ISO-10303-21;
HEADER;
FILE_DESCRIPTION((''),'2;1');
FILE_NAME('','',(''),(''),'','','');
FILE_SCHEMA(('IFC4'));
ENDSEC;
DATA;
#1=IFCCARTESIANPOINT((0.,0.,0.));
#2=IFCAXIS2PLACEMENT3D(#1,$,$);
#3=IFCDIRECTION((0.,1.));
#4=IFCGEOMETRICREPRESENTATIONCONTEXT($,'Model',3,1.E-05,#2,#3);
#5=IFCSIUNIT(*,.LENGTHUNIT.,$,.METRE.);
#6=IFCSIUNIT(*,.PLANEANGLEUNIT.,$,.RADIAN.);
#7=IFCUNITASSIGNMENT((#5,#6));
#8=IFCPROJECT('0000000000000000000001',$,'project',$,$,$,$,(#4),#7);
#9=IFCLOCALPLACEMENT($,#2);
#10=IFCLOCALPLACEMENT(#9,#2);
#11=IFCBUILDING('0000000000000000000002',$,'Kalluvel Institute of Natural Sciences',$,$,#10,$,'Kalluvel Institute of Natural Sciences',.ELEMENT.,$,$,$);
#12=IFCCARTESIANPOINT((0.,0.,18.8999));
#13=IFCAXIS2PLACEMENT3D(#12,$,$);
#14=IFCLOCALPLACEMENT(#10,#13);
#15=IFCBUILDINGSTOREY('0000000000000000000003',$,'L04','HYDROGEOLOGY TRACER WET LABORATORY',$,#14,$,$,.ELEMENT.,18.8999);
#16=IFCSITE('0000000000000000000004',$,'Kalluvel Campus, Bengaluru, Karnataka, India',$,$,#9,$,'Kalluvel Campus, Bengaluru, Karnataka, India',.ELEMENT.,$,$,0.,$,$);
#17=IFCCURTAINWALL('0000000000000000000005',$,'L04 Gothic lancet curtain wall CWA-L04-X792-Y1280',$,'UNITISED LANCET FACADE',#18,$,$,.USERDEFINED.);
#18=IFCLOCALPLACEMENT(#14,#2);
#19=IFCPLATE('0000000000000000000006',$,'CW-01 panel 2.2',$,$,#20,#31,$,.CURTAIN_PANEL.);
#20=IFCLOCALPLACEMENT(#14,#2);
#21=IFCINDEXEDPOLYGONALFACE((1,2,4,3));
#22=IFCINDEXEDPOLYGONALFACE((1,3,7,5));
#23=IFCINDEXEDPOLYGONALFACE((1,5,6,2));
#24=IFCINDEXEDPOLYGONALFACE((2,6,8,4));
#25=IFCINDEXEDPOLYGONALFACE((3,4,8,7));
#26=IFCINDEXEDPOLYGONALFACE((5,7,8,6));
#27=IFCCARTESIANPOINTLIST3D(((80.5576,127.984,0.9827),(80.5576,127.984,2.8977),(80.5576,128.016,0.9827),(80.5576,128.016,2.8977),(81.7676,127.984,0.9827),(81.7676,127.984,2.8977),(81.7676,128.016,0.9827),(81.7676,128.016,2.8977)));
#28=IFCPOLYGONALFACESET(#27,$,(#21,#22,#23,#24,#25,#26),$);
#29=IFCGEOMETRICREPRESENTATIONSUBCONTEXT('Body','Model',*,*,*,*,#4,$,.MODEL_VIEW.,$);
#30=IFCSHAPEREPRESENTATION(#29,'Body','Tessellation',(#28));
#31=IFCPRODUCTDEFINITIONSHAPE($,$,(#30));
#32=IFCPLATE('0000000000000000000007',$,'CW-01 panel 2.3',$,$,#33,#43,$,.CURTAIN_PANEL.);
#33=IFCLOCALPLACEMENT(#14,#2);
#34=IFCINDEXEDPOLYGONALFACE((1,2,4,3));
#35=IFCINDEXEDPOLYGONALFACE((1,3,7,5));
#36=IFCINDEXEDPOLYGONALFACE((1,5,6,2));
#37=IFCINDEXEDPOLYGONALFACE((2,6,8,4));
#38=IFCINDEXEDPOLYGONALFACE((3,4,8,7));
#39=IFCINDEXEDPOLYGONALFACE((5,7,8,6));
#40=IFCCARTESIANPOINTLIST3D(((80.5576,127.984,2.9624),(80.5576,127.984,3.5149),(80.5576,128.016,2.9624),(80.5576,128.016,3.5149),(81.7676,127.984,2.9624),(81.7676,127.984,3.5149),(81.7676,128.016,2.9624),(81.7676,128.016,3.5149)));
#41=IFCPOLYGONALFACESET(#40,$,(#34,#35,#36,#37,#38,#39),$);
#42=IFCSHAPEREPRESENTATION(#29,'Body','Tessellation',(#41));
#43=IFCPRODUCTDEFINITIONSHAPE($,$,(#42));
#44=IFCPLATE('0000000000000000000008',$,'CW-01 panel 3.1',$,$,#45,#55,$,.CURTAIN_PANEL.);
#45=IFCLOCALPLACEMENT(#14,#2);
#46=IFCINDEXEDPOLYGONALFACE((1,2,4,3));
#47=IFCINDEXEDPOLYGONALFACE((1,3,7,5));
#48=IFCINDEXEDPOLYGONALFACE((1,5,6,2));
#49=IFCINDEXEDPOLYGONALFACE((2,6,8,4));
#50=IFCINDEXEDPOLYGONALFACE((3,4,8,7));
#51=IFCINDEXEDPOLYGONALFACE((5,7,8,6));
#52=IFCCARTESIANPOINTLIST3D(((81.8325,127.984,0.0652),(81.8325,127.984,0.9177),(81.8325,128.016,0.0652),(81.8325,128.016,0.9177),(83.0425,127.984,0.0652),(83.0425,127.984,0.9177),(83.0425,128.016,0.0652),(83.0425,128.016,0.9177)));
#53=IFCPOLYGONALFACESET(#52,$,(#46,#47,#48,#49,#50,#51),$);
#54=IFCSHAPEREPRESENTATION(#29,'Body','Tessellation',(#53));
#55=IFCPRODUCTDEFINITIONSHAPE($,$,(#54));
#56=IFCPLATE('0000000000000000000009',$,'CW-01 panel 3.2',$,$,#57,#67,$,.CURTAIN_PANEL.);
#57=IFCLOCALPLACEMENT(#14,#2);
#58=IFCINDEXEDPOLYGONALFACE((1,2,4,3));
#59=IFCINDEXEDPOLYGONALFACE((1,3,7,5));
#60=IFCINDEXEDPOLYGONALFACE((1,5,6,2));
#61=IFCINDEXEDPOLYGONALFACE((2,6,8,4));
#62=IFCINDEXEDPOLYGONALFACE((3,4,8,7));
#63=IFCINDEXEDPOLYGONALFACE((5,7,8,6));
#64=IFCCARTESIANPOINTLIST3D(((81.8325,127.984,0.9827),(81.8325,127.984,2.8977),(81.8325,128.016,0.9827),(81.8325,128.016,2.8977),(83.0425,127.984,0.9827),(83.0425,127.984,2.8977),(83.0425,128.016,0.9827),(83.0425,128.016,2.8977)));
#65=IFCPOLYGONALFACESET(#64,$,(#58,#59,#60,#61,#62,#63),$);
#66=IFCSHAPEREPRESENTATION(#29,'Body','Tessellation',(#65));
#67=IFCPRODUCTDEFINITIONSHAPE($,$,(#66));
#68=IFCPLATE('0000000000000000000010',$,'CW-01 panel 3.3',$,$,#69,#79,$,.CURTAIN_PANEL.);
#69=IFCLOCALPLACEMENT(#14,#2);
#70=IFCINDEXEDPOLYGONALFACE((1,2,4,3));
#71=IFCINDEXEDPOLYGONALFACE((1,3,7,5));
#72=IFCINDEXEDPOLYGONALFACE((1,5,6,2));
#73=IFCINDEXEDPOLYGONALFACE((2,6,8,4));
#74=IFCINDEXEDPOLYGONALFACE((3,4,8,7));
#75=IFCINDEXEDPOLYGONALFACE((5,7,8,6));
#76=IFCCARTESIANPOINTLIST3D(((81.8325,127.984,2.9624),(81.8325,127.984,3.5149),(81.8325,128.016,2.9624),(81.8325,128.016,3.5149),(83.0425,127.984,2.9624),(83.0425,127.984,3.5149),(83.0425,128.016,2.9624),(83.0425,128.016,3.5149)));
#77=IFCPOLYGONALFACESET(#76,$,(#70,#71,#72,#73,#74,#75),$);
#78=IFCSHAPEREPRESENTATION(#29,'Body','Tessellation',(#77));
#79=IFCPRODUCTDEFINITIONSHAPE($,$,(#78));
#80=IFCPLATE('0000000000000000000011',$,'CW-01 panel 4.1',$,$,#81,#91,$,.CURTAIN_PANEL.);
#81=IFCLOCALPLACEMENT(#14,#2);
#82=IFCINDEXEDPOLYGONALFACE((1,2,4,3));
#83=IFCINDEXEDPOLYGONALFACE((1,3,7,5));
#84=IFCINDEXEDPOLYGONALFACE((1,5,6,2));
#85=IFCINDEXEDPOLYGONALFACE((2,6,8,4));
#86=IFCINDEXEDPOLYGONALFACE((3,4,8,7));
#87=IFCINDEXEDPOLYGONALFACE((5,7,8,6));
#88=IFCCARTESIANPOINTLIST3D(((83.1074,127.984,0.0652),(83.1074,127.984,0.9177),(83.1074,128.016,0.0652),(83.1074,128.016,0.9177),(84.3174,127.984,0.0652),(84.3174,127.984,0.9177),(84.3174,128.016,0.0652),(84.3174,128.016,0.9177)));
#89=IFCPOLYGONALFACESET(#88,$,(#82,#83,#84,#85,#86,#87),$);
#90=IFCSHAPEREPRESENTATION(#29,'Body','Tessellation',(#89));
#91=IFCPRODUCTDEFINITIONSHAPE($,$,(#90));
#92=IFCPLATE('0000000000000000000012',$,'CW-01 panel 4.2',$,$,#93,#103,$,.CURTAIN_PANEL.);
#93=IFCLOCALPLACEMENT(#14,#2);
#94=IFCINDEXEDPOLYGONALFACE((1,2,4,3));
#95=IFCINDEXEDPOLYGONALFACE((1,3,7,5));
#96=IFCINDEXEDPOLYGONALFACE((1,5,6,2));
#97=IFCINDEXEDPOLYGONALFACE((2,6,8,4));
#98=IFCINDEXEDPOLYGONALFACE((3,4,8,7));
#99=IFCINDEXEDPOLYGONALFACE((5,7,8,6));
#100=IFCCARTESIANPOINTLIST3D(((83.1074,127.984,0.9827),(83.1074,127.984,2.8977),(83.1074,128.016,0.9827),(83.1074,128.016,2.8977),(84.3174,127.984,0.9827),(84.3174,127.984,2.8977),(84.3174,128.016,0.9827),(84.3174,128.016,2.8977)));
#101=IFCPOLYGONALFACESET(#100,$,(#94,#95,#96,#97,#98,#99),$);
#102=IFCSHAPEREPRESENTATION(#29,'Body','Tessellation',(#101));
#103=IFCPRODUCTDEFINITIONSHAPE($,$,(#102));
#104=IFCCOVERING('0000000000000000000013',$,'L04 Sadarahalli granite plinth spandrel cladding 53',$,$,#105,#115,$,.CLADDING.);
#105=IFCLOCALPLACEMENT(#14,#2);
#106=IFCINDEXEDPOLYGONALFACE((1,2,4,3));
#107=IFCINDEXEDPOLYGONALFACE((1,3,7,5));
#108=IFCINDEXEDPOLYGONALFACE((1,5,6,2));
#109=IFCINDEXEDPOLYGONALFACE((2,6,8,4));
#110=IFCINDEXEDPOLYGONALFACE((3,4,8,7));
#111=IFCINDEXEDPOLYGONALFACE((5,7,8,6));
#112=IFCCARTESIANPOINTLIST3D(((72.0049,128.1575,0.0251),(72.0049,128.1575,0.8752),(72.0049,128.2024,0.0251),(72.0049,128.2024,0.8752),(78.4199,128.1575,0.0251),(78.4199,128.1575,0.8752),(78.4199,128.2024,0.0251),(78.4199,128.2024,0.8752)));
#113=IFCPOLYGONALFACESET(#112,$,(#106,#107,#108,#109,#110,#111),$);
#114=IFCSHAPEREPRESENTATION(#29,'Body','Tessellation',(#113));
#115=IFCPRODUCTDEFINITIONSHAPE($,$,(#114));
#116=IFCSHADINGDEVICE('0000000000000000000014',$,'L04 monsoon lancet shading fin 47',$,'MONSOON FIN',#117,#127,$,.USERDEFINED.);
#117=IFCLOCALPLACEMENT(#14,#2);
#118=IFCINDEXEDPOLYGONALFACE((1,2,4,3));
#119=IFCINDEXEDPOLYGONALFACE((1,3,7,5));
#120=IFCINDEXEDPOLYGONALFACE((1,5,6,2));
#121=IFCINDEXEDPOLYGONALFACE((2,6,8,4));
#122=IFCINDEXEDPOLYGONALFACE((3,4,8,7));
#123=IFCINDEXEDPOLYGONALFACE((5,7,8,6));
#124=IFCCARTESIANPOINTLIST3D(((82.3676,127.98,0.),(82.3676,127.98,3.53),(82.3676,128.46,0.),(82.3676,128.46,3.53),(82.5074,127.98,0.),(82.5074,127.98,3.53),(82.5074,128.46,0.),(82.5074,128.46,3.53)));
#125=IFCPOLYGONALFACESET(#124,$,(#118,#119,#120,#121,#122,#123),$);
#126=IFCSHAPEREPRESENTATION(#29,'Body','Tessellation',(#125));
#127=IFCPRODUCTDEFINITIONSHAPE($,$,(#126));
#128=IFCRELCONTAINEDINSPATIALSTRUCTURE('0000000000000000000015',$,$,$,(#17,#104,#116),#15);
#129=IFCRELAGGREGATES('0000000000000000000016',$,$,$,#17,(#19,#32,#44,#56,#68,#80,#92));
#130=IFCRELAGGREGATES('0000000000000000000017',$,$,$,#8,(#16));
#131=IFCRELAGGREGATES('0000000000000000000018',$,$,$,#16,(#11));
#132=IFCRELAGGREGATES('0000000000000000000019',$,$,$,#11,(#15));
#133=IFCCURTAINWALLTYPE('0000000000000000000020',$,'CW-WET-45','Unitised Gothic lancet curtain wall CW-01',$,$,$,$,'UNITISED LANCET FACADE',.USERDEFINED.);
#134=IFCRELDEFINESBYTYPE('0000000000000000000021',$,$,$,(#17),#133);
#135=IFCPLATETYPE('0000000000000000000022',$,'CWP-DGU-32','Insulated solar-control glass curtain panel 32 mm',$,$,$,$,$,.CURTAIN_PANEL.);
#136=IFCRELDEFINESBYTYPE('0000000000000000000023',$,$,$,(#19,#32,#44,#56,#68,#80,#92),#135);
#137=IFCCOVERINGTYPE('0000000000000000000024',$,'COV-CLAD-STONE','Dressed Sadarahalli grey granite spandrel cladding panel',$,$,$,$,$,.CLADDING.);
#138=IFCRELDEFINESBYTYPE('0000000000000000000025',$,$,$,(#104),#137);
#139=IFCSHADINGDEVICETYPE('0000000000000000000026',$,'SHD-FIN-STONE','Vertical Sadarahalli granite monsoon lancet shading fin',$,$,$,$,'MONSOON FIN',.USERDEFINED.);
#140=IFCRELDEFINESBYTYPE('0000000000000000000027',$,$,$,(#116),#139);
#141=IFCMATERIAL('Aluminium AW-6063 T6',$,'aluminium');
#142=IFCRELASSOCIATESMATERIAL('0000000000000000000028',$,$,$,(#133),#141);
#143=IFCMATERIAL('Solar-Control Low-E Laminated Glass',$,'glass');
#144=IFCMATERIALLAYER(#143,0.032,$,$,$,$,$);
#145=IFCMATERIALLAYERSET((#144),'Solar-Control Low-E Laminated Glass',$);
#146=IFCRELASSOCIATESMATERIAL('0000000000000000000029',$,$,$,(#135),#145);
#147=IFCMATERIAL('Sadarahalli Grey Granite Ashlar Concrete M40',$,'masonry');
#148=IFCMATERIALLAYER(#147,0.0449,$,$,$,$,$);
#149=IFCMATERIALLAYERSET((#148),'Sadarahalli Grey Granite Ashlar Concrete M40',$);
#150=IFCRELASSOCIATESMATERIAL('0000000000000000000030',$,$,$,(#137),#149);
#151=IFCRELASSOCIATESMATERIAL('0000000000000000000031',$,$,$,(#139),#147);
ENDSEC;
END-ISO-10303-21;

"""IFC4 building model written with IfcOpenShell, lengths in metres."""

from ifc_helpers import new_model, si_unit, direction, frame, origin, origin_2d, place, context, subcontext, project, spatial, rectangle, extrude, material, layer, layer_set, type_object, element, aggregate, save


model = new_model("IFC4")

# Units and contexts
model_context = context("Model", 3, precision=1e-05, world=origin(), true_north=direction((0.0, 1.0)))
body_context = subcontext(model_context, "Body", "Model", "MODEL_VIEW")
ifc_project = project(units=[si_unit("LENGTHUNIT", "METRE"), si_unit("PLANEANGLEUNIT", "RADIAN")], contexts=[model_context])

# Site, building, storey
site_placement = place(None, origin())
site = spatial("IfcSite", under=ifc_project, at=site_placement, Name="Kalluvel Campus, Bengaluru, Karnataka, India", LongName="Kalluvel Campus, Bengaluru, Karnataka, India", CompositionType="ELEMENT", RefElevation=0.0)
building_placement = place(site_placement, origin())
building = spatial("IfcBuilding", under=site, at=building_placement, Name="Kalluvel Institute of Natural Sciences", LongName="Kalluvel Institute of Natural Sciences", CompositionType="ELEMENT")
storey_placement = place(building_placement, frame((0.0, 0.0, 18.8999)))
storey = spatial("IfcBuildingStorey", under=building, at=storey_placement, Name="L04", Description="HYDROGEOLOGY TRACER WET LABORATORY", CompositionType="ELEMENT", Elevation=18.8999)

# Curtain wall, plates
ifc_material_1 = material(Name="Aluminium AW-6063 T6", Category="aluminium")
curtain_wall_type = type_object("IfcCurtainWallType", Name="CW-WET-45", Description="Unitised Gothic lancet curtain wall CW-01", ElementType="UNITISED LANCET FACADE", PredefinedType="USERDEFINED", material=ifc_material_1)
curtain_wall_placement = place(storey_placement, origin())
curtain_wall = element("IfcCurtainWall", 1, at=curtain_wall_placement, inside=storey, type_object=curtain_wall_type, Name="L04 Gothic lancet curtain wall CWA-L04-X792-Y1280", ObjectType="UNITISED LANCET FACADE", PredefinedType="USERDEFINED")
ifc_material_2 = material(Name="Solar-Control Low-E Laminated Glass", Category="glass")
ifc_layer_1 = layer(ifc_material_2, 0.032)
ifc_layer_set_1 = layer_set([ifc_layer_1], Name="Solar-Control Low-E Laminated Glass")
plate_type = type_object("IfcPlateType", Name="CWP-DGU-32", Description="Insulated solar-control glass curtain panel 32 mm", PredefinedType="CURTAIN_PANEL", material=ifc_layer_set_1)
plate_1_placement = place(storey_placement, frame((81.1626, 128.0, 0.9827), z_axis=(0.0, 0.0, 1.0), x_axis=(1.0, 0.0, 0.0)))
plate_1 = element("IfcPlate", 2, at=plate_1_placement, type_object=plate_type, Name="CW-01 panel 2.2", PredefinedType="CURTAIN_PANEL", context=body_context, shape_type="SweptSolid", body=[
    extrude(rectangle(XDim=1.21, YDim=0.032, at=origin_2d()), origin(), (0.0, 0.0, 1.0), 1.915),
])
plate_2_placement = place(storey_placement, frame((81.1626, 128.0, 2.9624), z_axis=(0.0, 0.0, 1.0), x_axis=(1.0, 0.0, 0.0)))
plate_2 = element("IfcPlate", 3, at=plate_2_placement, type_object=plate_type, Name="CW-01 panel 2.3", PredefinedType="CURTAIN_PANEL", context=body_context, shape_type="SweptSolid", body=[
    extrude(rectangle(XDim=1.21, YDim=0.032, at=origin_2d()), origin(), (0.0, 0.0, 1.0), 0.5525),
])
plate_3_placement = place(storey_placement, frame((82.4375, 128.0, 0.0652), z_axis=(0.0, 0.0, 1.0), x_axis=(1.0, 0.0, 0.0)))
plate_3 = element("IfcPlate", 4, at=plate_3_placement, type_object=plate_type, Name="CW-01 panel 3.1", PredefinedType="CURTAIN_PANEL", context=body_context, shape_type="SweptSolid", body=[
    extrude(rectangle(XDim=1.21, YDim=0.032, at=origin_2d()), origin(), (0.0, 0.0, 1.0), 0.8525),
])
plate_4_placement = place(storey_placement, frame((82.4375, 128.0, 0.9827), z_axis=(0.0, 0.0, 1.0), x_axis=(1.0, 0.0, 0.0)))
plate_4 = element("IfcPlate", 5, at=plate_4_placement, type_object=plate_type, Name="CW-01 panel 3.2", PredefinedType="CURTAIN_PANEL", context=body_context, shape_type="SweptSolid", body=[
    extrude(rectangle(XDim=1.21, YDim=0.032, at=origin_2d()), origin(), (0.0, 0.0, 1.0), 1.915),
])
plate_5_placement = place(storey_placement, frame((82.4375, 128.0, 2.9624), z_axis=(0.0, 0.0, 1.0), x_axis=(1.0, 0.0, 0.0)))
plate_5 = element("IfcPlate", 6, at=plate_5_placement, type_object=plate_type, Name="CW-01 panel 3.3", PredefinedType="CURTAIN_PANEL", context=body_context, shape_type="SweptSolid", body=[
    extrude(rectangle(XDim=1.21, YDim=0.032, at=origin_2d()), origin(), (0.0, 0.0, 1.0), 0.5525),
])
plate_6_placement = place(storey_placement, frame((83.7124, 128.0, 0.0652), z_axis=(0.0, 0.0, 1.0), x_axis=(1.0, 0.0, 0.0)))
plate_6 = element("IfcPlate", 7, at=plate_6_placement, type_object=plate_type, Name="CW-01 panel 4.1", PredefinedType="CURTAIN_PANEL", context=body_context, shape_type="SweptSolid", body=[
    extrude(rectangle(XDim=1.21, YDim=0.032, at=origin_2d()), origin(), (0.0, 0.0, 1.0), 0.8525),
])
plate_7_placement = place(storey_placement, frame((83.7124, 128.0, 0.9827), z_axis=(0.0, 0.0, 1.0), x_axis=(1.0, 0.0, 0.0)))
plate_7 = element("IfcPlate", 8, at=plate_7_placement, type_object=plate_type, Name="CW-01 panel 4.2", PredefinedType="CURTAIN_PANEL", context=body_context, shape_type="SweptSolid", body=[
    extrude(rectangle(XDim=1.21, YDim=0.032, at=origin_2d()), origin(), (0.0, 0.0, 1.0), 1.915),
])
aggregate(curtain_wall, [plate_1, plate_2, plate_3, plate_4, plate_5, plate_6, plate_7])

# Covering
ifc_material_3 = material(Name="Sadarahalli Grey Granite Ashlar Concrete M40", Category="masonry")
ifc_layer_2 = layer(ifc_material_3, 0.0449)
ifc_layer_set_2 = layer_set([ifc_layer_2], Name="Sadarahalli Grey Granite Ashlar Concrete M40")
covering_type = type_object("IfcCoveringType", Name="COV-CLAD-STONE", Description="Dressed Sadarahalli grey granite spandrel cladding panel", PredefinedType="CLADDING", material=ifc_layer_set_2)
covering_placement = place(storey_placement, frame((75.2124, 128.1799, 0.0251), z_axis=(0.0, 0.0, 1.0), x_axis=(1.0, 0.0, 0.0)))
element("IfcCovering", 9, at=covering_placement, inside=storey, type_object=covering_type, Name="L04 Sadarahalli granite plinth spandrel cladding 53", PredefinedType="CLADDING", context=body_context, shape_type="SweptSolid", body=[
    extrude(rectangle(XDim=6.415, YDim=0.0449, at=origin_2d()), origin(), (0.0, 0.0, 1.0), 0.8501),
])

# Shading device
shading_device_type = type_object("IfcShadingDeviceType", Name="SHD-FIN-STONE", Description="Vertical Sadarahalli granite monsoon lancet shading fin", ElementType="MONSOON FIN", PredefinedType="USERDEFINED", material=ifc_material_3)
shading_device_placement = place(storey_placement, frame((82.4375, 128.22, 0.0), z_axis=(0.0, 0.0, 1.0), x_axis=(1.0, 0.0, 0.0)))
element("IfcShadingDevice", 10, at=shading_device_placement, inside=storey, type_object=shading_device_type, Name="L04 monsoon lancet shading fin 47", ObjectType="MONSOON FIN", PredefinedType="USERDEFINED", context=body_context, shape_type="SweptSolid", body=[
    extrude(rectangle(XDim=0.1399, YDim=0.48, at=origin_2d()), origin(), (0.0, 0.0, 1.0), 3.53),
])

save(model, "model.ifc")
